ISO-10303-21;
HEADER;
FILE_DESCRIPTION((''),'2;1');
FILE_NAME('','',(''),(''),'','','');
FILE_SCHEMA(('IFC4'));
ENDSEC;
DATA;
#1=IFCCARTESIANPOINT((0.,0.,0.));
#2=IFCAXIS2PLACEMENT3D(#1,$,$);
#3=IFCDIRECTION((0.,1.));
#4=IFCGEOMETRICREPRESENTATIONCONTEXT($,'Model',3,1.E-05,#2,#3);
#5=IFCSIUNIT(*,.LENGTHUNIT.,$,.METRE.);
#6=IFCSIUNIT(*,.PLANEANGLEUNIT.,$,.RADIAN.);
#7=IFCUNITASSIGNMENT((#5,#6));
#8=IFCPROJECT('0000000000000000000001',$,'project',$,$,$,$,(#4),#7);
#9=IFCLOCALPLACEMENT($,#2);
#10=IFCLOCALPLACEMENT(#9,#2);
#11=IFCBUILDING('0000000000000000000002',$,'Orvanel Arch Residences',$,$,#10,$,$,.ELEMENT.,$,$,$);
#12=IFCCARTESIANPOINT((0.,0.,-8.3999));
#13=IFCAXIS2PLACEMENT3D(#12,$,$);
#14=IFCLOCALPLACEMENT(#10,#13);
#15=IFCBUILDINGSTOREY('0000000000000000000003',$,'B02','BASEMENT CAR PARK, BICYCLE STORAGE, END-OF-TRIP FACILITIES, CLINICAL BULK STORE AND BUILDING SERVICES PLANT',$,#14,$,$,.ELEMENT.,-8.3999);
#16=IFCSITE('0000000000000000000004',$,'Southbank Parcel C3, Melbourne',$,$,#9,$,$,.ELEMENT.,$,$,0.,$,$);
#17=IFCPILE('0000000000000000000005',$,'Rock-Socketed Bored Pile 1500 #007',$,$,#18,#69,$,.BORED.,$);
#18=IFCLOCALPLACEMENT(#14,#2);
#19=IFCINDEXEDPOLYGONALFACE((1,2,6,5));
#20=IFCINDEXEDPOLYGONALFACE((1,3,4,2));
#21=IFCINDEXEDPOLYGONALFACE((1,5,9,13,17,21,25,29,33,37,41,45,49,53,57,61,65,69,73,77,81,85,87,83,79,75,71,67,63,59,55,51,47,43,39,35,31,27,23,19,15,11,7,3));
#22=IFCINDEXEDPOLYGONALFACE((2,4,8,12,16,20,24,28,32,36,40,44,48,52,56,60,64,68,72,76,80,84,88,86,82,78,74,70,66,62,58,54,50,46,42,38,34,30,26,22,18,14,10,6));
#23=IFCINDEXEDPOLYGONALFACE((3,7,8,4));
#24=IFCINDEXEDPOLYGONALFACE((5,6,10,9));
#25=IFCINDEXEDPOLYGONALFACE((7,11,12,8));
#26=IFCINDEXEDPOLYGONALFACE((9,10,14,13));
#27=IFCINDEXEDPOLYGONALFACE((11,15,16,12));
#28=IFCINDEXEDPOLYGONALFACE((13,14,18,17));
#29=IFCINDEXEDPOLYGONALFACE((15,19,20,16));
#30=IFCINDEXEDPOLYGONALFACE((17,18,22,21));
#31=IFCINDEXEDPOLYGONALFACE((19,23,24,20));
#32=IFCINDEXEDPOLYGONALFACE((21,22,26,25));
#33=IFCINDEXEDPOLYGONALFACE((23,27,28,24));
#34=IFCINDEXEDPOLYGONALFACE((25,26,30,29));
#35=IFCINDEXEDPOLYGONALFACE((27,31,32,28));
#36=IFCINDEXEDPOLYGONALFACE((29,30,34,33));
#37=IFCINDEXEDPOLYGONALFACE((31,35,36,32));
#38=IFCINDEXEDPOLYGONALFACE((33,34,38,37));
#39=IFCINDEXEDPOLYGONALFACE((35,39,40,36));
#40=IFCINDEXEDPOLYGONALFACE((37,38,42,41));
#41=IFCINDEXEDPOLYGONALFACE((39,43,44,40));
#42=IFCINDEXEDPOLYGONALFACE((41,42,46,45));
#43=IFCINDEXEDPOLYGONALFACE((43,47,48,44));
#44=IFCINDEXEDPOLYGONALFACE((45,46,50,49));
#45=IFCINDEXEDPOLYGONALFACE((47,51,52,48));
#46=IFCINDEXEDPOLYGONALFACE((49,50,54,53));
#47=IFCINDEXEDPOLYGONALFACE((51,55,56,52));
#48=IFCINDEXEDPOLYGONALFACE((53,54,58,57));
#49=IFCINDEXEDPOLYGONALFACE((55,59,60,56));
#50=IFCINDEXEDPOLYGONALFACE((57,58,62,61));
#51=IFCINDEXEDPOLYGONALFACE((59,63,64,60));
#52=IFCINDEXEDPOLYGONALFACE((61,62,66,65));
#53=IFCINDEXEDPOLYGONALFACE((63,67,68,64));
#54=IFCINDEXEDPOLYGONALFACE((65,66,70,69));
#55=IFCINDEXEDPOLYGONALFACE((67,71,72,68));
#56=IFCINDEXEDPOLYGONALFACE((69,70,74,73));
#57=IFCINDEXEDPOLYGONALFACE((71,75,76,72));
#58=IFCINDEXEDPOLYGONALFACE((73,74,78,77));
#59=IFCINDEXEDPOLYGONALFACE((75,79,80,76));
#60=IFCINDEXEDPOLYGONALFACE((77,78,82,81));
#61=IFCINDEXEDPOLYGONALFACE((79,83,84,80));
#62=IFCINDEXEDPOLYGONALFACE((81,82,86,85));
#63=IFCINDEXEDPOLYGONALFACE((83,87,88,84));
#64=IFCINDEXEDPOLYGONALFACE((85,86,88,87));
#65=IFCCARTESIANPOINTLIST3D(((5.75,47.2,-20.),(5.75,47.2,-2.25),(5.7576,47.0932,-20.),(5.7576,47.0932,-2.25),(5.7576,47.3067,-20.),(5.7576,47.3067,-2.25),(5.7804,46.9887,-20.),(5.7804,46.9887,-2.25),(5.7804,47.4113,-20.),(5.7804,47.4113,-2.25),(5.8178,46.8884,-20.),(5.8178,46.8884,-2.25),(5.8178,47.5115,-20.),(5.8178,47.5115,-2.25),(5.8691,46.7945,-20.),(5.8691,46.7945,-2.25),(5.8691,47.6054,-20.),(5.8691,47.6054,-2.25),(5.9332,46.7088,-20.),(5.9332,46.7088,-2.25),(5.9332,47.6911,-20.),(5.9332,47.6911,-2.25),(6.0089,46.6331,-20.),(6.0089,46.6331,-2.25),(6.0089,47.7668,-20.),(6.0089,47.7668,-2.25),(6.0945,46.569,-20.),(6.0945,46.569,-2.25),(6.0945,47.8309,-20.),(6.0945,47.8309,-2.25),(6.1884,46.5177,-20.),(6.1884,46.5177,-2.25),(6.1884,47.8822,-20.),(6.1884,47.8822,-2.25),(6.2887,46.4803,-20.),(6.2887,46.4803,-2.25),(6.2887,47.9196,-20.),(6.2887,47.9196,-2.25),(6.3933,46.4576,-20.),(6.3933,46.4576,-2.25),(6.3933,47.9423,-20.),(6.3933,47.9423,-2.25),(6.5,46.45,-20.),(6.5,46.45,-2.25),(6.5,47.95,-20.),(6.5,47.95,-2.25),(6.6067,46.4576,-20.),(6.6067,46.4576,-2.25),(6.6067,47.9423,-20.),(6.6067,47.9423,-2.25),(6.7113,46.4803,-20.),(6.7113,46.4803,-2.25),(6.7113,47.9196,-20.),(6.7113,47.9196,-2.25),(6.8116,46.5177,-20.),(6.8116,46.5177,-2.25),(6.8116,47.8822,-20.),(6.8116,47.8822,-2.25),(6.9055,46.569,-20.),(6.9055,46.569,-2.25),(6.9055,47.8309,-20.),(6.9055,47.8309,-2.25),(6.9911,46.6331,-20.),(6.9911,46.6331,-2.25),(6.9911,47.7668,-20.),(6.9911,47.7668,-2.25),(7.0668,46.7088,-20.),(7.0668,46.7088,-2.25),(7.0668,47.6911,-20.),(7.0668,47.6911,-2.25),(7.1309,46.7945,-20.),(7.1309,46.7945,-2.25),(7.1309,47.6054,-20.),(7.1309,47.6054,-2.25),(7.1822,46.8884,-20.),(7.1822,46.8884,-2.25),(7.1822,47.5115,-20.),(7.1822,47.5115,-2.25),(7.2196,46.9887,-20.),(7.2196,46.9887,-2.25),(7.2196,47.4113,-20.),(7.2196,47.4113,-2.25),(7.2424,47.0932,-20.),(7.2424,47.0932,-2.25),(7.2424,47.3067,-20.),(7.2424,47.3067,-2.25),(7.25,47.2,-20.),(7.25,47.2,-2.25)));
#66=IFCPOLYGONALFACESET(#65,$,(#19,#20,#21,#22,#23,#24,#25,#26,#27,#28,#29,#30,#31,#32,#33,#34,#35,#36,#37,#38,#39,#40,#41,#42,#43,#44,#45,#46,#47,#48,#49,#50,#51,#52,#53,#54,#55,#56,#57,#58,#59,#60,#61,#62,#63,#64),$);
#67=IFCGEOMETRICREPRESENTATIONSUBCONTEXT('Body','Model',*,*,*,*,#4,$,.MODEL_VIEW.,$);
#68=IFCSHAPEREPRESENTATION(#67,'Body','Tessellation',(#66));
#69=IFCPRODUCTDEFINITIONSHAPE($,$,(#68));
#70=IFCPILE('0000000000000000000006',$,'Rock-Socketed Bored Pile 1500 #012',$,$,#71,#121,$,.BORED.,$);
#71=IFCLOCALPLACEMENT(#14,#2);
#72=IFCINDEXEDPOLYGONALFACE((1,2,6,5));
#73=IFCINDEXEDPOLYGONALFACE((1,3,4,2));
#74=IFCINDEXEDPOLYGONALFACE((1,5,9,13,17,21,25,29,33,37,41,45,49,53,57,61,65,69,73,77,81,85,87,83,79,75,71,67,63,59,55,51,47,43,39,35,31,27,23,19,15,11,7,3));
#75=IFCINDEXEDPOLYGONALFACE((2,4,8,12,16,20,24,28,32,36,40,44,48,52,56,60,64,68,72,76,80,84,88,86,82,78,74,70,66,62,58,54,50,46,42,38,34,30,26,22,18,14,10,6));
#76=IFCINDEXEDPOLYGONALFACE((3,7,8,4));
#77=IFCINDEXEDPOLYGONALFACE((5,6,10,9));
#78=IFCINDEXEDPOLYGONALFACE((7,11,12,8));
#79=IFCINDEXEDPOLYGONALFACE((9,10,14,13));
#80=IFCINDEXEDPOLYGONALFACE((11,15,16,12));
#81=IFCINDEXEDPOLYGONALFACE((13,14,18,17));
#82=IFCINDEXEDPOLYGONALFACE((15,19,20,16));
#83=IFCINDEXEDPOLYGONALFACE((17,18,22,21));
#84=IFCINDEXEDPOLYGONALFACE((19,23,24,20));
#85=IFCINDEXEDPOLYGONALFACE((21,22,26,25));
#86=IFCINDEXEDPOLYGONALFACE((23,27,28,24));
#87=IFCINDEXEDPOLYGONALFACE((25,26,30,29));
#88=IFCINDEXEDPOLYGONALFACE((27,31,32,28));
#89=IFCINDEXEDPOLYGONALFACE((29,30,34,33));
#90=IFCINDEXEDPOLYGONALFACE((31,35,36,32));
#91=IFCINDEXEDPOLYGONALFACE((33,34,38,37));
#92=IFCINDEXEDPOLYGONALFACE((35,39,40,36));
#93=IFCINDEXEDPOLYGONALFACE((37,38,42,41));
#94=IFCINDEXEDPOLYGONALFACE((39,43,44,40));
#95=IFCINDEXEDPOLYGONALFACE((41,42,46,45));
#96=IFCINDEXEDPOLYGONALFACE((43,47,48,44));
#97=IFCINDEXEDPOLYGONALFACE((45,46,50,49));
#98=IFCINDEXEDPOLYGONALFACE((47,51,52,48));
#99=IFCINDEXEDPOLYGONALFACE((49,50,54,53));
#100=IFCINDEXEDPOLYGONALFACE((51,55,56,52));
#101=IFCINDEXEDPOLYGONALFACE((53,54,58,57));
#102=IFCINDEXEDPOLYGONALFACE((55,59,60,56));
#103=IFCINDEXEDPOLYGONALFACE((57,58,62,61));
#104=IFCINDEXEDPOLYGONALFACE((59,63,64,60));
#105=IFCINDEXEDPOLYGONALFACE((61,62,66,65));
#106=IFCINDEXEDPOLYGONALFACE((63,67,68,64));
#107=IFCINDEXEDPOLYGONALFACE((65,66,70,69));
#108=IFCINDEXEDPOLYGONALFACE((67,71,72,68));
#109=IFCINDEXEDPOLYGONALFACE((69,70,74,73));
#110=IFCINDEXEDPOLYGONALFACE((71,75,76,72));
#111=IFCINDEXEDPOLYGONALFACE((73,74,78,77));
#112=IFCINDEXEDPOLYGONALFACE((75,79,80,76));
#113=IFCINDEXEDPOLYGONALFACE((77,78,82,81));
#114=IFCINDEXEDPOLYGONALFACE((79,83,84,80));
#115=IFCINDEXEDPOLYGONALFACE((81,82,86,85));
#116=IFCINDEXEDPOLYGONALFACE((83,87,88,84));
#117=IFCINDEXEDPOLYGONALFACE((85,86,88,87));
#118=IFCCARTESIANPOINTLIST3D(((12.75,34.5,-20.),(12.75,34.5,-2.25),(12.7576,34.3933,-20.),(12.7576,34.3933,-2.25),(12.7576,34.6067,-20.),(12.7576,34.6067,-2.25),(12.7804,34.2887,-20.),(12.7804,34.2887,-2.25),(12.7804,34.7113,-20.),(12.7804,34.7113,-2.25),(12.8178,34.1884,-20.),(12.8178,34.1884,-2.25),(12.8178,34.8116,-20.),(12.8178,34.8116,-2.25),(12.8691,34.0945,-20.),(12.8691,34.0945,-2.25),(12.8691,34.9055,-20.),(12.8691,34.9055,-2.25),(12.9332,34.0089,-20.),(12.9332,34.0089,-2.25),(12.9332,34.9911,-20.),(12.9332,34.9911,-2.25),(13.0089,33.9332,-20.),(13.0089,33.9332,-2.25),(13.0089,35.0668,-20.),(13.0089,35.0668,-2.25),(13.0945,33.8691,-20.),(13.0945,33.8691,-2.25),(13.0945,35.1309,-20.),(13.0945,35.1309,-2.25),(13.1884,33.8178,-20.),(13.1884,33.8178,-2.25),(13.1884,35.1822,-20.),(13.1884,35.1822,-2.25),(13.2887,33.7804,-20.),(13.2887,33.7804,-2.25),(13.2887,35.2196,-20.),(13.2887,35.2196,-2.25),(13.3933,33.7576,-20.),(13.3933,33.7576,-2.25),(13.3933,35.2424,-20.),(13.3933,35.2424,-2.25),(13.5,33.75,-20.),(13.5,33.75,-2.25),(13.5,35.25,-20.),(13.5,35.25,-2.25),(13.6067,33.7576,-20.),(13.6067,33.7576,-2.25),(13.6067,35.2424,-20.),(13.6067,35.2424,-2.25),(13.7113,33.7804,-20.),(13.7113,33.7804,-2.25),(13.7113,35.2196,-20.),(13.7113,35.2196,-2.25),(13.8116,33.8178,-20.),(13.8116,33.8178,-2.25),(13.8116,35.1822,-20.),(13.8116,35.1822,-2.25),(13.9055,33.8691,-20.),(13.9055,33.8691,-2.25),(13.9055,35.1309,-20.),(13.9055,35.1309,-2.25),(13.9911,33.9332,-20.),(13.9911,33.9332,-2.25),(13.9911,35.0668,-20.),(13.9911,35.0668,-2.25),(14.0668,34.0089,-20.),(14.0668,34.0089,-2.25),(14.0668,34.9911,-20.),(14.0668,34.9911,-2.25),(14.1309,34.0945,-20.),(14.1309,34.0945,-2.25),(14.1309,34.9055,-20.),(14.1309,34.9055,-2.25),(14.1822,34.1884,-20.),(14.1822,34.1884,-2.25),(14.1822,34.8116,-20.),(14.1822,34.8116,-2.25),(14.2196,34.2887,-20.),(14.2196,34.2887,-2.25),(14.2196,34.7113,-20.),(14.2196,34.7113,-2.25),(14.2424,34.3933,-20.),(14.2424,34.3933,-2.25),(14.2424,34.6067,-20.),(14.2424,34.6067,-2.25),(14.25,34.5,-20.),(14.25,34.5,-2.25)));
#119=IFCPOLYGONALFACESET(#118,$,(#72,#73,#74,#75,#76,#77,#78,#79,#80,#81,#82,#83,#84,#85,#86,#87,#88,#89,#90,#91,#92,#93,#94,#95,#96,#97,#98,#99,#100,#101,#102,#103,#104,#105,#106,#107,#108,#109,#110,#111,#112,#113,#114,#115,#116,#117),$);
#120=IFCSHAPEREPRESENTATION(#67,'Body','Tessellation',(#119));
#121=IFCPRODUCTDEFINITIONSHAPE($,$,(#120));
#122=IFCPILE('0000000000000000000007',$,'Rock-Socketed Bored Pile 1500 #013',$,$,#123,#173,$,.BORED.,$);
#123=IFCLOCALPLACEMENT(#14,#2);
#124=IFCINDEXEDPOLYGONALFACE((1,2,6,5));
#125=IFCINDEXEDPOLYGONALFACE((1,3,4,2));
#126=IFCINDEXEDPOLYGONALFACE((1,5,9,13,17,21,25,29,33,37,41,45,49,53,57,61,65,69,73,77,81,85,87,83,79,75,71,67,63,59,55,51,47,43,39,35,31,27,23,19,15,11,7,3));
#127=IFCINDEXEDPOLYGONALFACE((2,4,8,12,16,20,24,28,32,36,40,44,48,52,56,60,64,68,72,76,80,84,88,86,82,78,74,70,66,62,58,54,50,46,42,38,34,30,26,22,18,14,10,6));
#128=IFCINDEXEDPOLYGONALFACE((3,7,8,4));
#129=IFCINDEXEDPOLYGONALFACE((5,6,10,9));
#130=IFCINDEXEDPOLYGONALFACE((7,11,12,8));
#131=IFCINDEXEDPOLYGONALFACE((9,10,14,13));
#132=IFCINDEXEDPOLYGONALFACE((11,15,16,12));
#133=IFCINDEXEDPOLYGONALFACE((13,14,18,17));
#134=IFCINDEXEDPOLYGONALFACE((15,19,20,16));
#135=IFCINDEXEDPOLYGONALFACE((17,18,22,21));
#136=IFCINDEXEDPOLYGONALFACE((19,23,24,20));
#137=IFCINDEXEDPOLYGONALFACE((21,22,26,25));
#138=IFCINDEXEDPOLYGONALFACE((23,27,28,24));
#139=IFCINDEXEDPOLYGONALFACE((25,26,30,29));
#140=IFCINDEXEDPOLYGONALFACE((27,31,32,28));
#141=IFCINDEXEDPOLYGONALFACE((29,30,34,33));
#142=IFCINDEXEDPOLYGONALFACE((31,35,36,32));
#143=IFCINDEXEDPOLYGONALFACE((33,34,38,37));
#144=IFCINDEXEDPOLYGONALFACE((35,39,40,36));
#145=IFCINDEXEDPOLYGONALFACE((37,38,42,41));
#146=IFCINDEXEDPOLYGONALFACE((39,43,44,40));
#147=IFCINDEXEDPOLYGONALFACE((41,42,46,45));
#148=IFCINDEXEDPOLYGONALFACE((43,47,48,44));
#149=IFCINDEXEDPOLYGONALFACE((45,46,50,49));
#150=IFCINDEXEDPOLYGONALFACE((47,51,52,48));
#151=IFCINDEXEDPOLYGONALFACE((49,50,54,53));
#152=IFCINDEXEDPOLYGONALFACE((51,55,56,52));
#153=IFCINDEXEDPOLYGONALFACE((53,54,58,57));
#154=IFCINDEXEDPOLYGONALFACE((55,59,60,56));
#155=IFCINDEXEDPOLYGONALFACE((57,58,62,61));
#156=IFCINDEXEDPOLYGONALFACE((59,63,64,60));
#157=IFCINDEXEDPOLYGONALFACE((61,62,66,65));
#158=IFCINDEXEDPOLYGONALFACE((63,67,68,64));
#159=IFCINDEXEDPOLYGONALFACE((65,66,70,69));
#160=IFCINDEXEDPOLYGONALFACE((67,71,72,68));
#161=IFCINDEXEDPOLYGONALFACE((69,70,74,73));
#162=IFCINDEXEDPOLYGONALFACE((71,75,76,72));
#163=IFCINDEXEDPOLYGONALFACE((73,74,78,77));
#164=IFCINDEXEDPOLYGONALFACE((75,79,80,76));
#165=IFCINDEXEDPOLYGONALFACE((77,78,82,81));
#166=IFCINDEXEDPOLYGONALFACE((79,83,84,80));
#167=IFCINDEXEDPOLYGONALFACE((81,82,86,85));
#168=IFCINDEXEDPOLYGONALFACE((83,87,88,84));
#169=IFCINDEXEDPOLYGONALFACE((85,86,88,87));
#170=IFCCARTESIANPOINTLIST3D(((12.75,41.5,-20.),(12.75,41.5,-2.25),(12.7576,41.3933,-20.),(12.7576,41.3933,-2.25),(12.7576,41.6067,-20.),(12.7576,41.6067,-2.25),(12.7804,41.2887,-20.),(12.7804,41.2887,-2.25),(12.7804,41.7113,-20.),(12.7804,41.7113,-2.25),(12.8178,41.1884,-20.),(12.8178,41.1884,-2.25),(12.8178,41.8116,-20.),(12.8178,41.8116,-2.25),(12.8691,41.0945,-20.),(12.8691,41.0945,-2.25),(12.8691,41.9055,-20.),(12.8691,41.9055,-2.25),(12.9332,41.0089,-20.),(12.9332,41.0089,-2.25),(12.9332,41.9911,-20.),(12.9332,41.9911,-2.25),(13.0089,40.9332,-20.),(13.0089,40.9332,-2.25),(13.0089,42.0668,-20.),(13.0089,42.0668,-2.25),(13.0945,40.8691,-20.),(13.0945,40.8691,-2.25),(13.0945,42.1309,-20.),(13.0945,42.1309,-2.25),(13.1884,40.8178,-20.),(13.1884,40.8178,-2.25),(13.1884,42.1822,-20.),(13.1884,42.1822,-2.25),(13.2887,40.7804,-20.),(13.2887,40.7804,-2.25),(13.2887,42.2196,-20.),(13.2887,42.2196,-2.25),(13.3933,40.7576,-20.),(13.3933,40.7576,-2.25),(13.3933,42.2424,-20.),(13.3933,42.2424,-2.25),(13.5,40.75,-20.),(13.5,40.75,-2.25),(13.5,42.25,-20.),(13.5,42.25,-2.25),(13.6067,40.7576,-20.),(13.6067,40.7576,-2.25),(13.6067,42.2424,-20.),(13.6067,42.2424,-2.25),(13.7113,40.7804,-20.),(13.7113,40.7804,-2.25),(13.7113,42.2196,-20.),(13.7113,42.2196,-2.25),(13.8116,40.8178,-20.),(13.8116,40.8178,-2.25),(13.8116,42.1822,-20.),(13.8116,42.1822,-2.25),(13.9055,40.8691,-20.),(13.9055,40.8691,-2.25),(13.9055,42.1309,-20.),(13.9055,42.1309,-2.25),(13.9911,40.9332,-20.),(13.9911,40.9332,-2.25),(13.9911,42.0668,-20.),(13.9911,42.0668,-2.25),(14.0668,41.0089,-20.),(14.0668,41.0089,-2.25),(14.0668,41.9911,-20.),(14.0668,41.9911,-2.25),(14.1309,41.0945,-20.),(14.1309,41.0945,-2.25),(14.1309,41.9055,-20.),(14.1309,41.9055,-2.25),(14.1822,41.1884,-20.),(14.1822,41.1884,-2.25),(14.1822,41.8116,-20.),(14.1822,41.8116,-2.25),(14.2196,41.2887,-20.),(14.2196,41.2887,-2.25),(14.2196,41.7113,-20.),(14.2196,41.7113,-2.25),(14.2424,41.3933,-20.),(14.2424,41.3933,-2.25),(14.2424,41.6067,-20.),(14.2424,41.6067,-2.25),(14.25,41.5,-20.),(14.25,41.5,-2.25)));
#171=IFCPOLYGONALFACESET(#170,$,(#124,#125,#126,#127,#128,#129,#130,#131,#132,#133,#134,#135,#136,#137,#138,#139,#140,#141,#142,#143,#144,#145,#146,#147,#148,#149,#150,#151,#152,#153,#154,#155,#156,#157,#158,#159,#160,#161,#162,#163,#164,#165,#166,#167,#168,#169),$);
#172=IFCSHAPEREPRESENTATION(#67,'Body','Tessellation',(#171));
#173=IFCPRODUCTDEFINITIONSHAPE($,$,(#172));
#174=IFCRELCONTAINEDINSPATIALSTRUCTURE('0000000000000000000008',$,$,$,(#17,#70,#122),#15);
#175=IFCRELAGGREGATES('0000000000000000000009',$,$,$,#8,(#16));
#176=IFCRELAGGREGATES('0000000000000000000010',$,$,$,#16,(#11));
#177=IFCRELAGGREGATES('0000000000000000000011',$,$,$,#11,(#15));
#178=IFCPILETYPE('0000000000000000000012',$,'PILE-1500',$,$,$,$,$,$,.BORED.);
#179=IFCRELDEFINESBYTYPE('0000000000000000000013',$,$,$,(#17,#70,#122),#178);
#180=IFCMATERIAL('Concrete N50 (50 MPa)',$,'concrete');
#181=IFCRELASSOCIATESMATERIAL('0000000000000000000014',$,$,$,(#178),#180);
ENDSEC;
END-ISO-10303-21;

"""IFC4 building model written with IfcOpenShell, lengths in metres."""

from ifc_helpers import new_model, si_unit, direction, frame, origin, origin_2d, place, context, subcontext, project, spatial, circle, extrude, material, material_profile, profile_set, type_object, element, save


model = new_model("IFC4")

# Units and contexts
model_context = context("Model", 3, precision=1e-05, world=origin(), true_north=direction((0.0, 1.0)))
body_context = subcontext(model_context, "Body", "Model", "MODEL_VIEW")
ifc_project = project(units=[si_unit("LENGTHUNIT", "METRE"), si_unit("PLANEANGLEUNIT", "RADIAN")], contexts=[model_context])

# Site, building, storey
site_placement = place(None, origin())
site = spatial("IfcSite", under=ifc_project, at=site_placement, Name="Southbank Parcel C3, Melbourne", CompositionType="ELEMENT", RefElevation=0.0)
building_placement = place(site_placement, origin())
building = spatial("IfcBuilding", under=site, at=building_placement, Name="Orvanel Arch Residences", CompositionType="ELEMENT")
storey_placement = place(building_placement, frame((0.0, 0.0, -8.3999)))
storey = spatial("IfcBuildingStorey", under=building, at=storey_placement, Name="B02", Description="BASEMENT CAR PARK, BICYCLE STORAGE, END-OF-TRIP FACILITIES, CLINICAL BULK STORE AND BUILDING SERVICES PLANT", CompositionType="ELEMENT", Elevation=-8.3999)

# Shared definitions
ifc_material_1 = material(Name="Concrete N50 (50 MPa)", Category="concrete")

# Piles
ifc_material_profile_1 = material_profile(ifc_material_1, circle(Radius=0.75, at=origin_2d()), Name="PILE1500")
ifc_profile_set_1 = profile_set([ifc_material_profile_1], Name="Concrete N50 (50 MPa)")
pile_type_1 = type_object("IfcPileType", Name="PILE-1500", PredefinedType="BORED", material=ifc_profile_set_1)
for number, where, z_axis, x_axis, name in (
    (1, (6.5, 47.2, -2.25), (0.0, 0.0, -1.0), (1.0, 0.0, 0.0), "Rock-Socketed Bored Pile 1500 #007"),
    (2, (13.5, 34.5, -2.25), (0.0, 0.0, -1.0), (1.0, 0.0, 0.0), "Rock-Socketed Bored Pile 1500 #012"),
    (3, (13.5, 41.5, -2.25), (0.0, 0.0, -1.0), (1.0, 0.0, 0.0), "Rock-Socketed Bored Pile 1500 #013"),
):
    element("IfcPile", number, at=place(storey_placement, frame(where, z_axis=z_axis, x_axis=x_axis)), inside=storey, type_object=pile_type_1, Name=name, PredefinedType="BORED", context=body_context, shape_type="SweptSolid", body=[
        extrude(circle(Radius=0.75, at=origin_2d()), origin(), (0.0, 0.0, 1.0), 17.75),
    ])

save(model, "model.ifc")
